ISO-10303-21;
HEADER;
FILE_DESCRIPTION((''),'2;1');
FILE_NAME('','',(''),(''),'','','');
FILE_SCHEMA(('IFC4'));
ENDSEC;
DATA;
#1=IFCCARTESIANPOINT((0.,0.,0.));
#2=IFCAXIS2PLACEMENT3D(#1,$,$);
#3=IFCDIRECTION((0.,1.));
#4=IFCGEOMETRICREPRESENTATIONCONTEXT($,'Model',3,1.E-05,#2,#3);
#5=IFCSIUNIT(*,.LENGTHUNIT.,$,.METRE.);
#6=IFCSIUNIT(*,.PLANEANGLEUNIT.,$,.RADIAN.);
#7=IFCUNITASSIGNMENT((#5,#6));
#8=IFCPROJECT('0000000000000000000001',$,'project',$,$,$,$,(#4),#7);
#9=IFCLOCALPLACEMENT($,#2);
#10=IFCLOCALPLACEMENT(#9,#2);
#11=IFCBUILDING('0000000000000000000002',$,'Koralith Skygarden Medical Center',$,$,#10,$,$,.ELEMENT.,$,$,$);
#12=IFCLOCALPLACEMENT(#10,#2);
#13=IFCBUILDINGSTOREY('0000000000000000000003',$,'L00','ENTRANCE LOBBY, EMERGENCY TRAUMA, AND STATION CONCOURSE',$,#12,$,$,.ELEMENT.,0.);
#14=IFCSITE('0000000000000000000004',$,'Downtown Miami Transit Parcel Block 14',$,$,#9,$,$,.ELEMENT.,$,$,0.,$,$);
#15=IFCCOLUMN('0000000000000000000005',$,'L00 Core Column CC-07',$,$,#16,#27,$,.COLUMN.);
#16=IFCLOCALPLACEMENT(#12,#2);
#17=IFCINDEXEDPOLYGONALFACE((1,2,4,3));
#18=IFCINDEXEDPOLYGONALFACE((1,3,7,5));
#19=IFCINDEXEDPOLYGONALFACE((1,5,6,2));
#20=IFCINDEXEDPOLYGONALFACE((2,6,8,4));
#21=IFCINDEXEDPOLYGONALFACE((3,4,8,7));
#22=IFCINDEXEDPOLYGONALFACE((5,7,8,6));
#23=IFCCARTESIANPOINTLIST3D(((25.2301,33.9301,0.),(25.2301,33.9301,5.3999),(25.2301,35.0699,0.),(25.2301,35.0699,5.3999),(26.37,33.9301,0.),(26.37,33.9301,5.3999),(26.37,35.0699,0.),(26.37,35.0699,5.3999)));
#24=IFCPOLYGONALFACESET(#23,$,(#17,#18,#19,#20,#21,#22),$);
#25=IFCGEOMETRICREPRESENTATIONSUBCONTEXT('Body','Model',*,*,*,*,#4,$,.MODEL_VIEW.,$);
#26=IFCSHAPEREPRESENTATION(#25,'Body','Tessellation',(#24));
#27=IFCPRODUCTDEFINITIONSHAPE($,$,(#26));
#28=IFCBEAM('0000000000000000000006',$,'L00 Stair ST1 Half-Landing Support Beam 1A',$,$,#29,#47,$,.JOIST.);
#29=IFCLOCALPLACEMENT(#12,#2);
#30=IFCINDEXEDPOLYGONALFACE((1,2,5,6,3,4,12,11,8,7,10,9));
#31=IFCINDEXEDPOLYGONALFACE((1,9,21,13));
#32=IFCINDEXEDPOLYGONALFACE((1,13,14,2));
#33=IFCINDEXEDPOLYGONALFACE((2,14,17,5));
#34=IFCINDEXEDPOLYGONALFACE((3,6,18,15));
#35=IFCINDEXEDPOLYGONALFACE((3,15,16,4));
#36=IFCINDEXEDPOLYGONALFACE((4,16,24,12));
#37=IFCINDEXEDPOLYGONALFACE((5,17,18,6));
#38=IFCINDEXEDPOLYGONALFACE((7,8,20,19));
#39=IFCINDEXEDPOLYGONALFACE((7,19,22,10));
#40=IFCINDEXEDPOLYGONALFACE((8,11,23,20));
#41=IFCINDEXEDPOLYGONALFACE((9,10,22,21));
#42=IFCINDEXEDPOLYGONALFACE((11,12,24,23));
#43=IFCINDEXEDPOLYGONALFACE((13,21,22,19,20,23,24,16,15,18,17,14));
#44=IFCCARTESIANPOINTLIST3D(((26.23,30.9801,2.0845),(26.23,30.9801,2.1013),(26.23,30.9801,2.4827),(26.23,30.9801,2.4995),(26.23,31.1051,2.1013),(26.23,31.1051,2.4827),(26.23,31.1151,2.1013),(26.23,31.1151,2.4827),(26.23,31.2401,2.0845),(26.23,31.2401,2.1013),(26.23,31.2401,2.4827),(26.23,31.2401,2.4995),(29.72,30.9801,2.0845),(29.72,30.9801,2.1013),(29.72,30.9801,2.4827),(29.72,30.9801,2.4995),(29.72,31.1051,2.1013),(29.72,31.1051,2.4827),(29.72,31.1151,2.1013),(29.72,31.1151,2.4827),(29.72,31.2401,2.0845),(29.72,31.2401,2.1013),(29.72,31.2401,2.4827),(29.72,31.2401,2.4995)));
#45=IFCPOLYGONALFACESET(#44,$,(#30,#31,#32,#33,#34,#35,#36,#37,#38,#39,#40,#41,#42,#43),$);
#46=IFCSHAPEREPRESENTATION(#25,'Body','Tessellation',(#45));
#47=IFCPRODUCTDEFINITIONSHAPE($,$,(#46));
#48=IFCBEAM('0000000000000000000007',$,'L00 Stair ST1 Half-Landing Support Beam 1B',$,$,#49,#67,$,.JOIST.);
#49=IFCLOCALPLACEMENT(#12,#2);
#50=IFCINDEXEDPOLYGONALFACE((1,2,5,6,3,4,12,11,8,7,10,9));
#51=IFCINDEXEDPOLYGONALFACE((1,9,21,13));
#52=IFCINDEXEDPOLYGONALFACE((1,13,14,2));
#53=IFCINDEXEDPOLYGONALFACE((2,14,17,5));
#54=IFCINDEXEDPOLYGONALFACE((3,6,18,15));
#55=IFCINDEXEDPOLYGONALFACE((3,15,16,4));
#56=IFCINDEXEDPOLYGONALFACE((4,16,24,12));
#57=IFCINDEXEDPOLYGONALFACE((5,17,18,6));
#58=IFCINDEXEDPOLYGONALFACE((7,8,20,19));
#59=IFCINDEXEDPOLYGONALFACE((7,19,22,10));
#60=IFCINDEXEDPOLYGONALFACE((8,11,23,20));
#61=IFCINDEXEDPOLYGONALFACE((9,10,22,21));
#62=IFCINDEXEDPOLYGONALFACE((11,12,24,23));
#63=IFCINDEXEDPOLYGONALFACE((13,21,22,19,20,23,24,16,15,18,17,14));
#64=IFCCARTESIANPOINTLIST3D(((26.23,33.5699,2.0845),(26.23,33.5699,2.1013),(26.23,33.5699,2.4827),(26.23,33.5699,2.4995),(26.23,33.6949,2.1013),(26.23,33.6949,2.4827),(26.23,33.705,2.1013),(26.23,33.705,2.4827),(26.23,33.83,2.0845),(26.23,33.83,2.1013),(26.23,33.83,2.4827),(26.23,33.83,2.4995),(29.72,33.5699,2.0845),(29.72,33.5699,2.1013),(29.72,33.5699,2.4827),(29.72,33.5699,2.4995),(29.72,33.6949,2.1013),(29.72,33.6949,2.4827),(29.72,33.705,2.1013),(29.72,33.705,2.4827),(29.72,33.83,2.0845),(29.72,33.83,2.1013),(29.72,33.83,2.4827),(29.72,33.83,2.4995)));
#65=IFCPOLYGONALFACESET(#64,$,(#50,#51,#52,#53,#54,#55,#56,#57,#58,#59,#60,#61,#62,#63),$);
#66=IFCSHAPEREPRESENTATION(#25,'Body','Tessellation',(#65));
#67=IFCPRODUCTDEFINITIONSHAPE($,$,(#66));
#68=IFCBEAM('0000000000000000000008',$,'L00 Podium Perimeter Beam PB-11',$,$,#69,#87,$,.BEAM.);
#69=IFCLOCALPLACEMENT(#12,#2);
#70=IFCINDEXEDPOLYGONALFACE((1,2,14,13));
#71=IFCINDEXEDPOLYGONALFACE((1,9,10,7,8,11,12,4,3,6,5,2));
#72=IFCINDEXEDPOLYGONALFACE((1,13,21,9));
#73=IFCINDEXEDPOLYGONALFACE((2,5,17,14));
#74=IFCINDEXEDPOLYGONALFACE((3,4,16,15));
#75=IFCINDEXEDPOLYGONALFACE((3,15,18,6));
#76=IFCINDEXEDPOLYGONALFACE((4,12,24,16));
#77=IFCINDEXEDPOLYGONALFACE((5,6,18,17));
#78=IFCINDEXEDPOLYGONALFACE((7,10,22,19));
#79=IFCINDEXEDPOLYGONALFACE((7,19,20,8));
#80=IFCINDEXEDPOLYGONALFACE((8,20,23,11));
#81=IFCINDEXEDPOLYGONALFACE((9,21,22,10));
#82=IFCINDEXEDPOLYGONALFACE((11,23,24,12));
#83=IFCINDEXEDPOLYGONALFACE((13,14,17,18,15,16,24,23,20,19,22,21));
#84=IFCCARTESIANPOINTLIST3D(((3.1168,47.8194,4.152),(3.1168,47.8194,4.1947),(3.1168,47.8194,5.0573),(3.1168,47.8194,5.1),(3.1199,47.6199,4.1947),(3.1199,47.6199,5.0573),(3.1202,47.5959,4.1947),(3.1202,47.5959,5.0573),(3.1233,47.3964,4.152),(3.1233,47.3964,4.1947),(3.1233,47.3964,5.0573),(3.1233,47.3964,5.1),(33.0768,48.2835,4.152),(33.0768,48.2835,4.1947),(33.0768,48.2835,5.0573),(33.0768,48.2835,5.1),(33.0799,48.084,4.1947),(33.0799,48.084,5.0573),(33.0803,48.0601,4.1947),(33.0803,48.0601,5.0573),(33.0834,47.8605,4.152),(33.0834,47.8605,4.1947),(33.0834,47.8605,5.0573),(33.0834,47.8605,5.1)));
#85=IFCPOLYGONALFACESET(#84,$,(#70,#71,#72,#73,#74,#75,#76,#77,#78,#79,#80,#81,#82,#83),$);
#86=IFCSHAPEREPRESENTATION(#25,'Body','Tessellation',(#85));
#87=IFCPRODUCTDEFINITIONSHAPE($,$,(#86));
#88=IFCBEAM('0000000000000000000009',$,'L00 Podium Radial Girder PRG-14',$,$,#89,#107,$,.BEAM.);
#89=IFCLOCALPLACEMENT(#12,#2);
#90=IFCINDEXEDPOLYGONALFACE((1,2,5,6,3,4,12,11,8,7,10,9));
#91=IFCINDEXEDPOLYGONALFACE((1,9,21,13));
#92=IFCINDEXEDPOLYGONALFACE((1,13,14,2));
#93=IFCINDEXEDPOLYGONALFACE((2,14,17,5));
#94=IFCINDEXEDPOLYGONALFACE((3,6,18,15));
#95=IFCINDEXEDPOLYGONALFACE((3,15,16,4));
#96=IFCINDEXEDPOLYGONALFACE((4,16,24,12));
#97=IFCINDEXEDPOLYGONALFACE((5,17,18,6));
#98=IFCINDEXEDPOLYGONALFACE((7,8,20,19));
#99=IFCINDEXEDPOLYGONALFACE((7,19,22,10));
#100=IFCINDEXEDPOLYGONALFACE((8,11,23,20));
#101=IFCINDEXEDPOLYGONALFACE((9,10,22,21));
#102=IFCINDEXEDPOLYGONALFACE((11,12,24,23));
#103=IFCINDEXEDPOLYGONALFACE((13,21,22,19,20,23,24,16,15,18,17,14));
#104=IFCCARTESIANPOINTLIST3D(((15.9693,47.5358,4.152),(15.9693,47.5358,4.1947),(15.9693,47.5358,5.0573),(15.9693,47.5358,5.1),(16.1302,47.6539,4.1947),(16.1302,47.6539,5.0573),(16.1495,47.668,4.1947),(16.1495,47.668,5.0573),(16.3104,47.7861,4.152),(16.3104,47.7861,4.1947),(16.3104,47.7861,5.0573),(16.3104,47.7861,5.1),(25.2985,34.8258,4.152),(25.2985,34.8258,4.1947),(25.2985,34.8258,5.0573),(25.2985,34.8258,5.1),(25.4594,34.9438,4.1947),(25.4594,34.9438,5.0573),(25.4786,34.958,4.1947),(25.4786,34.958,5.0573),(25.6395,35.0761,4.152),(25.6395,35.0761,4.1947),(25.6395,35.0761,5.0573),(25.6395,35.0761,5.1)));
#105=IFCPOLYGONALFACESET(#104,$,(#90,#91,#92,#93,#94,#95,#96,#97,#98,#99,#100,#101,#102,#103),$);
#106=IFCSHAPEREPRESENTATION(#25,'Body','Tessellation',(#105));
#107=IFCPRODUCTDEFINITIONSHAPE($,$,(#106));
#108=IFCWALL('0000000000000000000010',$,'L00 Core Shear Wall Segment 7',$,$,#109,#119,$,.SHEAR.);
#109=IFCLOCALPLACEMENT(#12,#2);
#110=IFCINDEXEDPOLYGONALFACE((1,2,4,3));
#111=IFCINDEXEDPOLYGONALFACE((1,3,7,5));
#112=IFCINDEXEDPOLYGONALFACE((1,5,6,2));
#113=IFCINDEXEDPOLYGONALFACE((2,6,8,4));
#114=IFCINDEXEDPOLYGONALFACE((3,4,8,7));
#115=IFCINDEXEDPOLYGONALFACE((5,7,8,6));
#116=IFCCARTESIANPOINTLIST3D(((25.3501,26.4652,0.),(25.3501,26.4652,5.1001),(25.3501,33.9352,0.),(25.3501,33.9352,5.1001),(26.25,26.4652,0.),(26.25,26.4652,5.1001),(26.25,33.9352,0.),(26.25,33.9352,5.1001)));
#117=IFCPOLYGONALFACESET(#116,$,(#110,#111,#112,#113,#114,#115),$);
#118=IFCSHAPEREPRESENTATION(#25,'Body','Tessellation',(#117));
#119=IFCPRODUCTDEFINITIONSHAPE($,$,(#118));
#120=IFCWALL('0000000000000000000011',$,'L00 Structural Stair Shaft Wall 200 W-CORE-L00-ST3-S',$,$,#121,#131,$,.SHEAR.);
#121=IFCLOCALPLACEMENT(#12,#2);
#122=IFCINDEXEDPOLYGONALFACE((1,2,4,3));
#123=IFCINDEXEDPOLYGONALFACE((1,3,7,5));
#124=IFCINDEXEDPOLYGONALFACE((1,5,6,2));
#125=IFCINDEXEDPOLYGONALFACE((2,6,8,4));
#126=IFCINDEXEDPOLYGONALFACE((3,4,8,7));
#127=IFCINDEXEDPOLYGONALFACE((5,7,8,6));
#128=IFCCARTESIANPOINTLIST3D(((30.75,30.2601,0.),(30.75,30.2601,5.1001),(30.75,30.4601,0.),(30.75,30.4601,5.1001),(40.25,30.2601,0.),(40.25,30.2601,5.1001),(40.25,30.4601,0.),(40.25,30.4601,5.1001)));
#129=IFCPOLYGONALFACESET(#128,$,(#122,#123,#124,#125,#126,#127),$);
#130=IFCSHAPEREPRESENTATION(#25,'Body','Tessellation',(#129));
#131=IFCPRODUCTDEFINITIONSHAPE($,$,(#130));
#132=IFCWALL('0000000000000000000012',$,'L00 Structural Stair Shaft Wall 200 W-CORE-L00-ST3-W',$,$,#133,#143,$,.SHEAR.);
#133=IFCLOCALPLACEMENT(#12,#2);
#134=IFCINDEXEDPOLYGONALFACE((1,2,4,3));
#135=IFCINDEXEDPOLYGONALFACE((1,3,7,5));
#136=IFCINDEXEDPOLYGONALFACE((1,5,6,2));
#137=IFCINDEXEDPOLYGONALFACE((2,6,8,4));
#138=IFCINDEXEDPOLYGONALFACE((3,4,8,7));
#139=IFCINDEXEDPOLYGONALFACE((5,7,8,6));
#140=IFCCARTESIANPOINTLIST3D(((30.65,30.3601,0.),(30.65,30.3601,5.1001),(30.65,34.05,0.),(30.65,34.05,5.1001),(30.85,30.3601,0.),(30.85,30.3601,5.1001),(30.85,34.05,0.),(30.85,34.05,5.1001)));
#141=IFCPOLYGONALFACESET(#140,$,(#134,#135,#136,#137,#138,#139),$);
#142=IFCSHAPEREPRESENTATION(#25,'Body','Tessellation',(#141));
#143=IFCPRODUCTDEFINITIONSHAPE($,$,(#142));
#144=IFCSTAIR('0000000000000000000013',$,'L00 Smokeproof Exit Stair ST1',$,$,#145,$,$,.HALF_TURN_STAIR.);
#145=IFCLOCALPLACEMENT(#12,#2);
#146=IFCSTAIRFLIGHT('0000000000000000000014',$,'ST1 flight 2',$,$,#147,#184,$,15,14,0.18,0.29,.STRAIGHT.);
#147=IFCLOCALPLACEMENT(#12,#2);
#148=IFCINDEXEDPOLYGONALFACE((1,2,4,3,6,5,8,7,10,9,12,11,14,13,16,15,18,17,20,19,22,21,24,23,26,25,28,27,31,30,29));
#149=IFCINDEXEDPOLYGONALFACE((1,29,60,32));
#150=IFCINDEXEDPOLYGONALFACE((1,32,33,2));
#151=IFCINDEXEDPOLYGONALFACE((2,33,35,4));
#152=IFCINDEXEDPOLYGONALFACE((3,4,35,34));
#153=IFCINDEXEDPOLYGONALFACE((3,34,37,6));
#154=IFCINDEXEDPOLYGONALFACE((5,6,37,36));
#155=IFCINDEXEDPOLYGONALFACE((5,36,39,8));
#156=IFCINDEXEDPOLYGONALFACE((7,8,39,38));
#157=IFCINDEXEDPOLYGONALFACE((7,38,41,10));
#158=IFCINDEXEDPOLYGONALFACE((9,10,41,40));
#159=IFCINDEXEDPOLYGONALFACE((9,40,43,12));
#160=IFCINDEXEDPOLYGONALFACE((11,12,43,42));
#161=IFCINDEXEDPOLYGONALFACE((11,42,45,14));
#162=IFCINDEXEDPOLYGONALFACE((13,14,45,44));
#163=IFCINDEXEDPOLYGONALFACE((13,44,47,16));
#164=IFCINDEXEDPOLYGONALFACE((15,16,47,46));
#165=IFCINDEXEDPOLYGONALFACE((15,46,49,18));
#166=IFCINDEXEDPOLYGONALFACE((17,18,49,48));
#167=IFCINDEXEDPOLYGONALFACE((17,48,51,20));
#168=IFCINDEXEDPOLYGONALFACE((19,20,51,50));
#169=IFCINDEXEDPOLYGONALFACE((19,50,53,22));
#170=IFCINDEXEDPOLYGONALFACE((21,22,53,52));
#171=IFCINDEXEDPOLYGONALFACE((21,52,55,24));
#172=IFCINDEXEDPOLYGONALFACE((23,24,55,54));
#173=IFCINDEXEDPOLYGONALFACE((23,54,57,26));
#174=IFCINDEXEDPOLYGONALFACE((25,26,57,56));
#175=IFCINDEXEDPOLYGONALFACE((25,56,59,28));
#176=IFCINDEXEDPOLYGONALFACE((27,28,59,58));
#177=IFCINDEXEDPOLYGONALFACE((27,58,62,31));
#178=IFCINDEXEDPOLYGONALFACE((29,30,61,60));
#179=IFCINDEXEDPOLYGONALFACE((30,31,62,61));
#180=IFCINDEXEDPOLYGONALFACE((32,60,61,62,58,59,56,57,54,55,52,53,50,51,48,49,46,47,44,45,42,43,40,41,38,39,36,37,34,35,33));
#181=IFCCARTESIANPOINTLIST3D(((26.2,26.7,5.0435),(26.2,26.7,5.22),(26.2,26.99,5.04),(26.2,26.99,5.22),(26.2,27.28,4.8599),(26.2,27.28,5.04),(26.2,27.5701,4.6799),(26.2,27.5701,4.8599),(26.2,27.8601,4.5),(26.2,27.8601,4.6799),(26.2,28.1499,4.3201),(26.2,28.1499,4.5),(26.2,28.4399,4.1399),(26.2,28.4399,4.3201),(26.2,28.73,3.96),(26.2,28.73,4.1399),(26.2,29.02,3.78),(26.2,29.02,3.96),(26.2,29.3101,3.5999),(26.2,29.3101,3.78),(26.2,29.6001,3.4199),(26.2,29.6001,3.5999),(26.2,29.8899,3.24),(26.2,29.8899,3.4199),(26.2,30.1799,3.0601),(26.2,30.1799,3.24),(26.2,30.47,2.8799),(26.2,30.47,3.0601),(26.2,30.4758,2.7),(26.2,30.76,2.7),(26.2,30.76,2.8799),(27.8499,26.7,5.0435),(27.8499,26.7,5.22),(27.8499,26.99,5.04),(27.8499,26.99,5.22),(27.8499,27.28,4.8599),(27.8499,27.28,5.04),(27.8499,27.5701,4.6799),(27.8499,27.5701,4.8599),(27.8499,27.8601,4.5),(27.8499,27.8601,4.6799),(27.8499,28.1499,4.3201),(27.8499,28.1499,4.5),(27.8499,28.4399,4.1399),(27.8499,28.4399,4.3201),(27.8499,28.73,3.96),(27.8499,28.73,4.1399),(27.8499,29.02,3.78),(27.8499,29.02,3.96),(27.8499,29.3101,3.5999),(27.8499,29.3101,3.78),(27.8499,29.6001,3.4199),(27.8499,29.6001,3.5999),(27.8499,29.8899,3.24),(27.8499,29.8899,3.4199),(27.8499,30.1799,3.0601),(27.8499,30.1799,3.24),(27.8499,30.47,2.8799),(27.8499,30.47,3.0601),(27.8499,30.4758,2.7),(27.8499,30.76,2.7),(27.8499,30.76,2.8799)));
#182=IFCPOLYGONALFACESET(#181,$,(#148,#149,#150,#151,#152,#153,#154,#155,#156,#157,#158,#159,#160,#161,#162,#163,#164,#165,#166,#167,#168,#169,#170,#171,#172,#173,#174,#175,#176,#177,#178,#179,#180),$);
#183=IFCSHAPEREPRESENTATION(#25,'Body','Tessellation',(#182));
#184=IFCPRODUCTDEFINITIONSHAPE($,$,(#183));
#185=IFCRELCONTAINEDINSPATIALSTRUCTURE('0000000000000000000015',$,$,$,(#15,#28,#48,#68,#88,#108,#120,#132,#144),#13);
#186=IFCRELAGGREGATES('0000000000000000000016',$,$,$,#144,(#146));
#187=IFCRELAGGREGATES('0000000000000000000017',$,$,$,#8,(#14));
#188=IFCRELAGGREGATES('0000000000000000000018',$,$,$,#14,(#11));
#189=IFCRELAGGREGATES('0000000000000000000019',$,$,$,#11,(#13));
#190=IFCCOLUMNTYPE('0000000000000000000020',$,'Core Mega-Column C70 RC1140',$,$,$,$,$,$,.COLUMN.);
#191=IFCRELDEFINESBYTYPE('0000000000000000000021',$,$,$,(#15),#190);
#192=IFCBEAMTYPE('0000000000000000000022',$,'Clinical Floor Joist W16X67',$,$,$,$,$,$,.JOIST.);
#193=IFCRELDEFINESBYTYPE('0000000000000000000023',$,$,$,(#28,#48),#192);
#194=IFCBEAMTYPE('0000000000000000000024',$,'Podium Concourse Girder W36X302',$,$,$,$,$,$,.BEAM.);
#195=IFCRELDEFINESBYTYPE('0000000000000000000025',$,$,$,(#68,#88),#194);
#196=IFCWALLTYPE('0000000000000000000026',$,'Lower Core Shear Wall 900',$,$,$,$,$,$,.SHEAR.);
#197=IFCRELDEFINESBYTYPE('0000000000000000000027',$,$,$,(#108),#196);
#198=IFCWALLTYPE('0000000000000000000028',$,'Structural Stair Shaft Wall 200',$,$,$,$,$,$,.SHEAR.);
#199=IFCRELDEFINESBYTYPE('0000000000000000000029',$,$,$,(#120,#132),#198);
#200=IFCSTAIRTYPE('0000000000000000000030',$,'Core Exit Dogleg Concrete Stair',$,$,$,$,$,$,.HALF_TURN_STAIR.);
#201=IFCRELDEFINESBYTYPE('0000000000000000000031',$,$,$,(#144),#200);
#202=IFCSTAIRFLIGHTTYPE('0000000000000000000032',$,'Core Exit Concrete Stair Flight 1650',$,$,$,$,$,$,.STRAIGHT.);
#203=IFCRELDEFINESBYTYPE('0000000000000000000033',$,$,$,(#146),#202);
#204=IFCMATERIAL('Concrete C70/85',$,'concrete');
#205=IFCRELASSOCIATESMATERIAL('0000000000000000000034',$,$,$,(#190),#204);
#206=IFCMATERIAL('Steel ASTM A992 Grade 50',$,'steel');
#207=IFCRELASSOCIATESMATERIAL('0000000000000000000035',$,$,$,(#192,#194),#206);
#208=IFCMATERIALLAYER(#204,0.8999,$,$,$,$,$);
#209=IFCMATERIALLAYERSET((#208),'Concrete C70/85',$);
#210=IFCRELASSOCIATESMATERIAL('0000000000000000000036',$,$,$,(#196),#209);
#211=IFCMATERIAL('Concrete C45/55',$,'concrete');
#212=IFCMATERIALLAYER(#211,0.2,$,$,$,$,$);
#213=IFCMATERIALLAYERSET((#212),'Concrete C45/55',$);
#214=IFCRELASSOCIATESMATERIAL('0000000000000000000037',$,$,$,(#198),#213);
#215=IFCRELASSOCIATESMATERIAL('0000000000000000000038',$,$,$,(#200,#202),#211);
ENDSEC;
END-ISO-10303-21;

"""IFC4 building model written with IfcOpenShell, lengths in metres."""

from ifc_helpers import new_model, si_unit, direction, frame, frame_2d, origin, origin_2d, place, context, subcontext, project, spatial, polyline, rectangle, i_section, outline, extrude, material, layer, layer_set, material_profile, profile_set, type_object, element, aggregate, save


model = new_model("IFC4")

# Units and contexts
model_context = context("Model", 3, precision=1e-05, world=origin(), true_north=direction((0.0, 1.0)))
body_context = subcontext(model_context, "Body", "Model", "MODEL_VIEW")
ifc_project = project(units=[si_unit("LENGTHUNIT", "METRE"), si_unit("PLANEANGLEUNIT", "RADIAN")], contexts=[model_context])

# Site, building, storey
site_placement = place(None, origin())
site = spatial("IfcSite", under=ifc_project, at=site_placement, Name="Downtown Miami Transit Parcel Block 14", CompositionType="ELEMENT", RefElevation=0.0)
building_placement = place(site_placement, origin())
building = spatial("IfcBuilding", under=site, at=building_placement, Name="Koralith Skygarden Medical Center", CompositionType="ELEMENT")
storey_placement = place(building_placement, origin())
storey = spatial("IfcBuildingStorey", under=building, at=storey_placement, Name="L00", Description="ENTRANCE LOBBY, EMERGENCY TRAUMA, AND STATION CONCOURSE", CompositionType="ELEMENT", Elevation=0.0)

# Column
ifc_material_1 = material(Name="Concrete C70/85", Category="concrete")
ifc_material_profile_1 = material_profile(ifc_material_1, rectangle(XDim=1.1399, YDim=1.1399, at=origin_2d()), Name="RC1140X1140")
ifc_profile_set_1 = profile_set([ifc_material_profile_1], Name="Concrete C70/85")
column_type = type_object("IfcColumnType", Name="Core Mega-Column C70 RC1140", PredefinedType="COLUMN", material=ifc_profile_set_1)
column_placement = place(storey_placement, frame((25.8, 34.5, 0.0), z_axis=(0.0, 0.0, 1.0), x_axis=(1.0, 0.0, 0.0)))
element("IfcColumn", 1, at=column_placement, inside=storey, type_object=column_type, Name="L00 Core Column CC-07", PredefinedType="COLUMN", context=body_context, shape_type="SweptSolid", body=[
    extrude(rectangle(XDim=1.1399, YDim=1.1399, at=origin_2d()), origin(), (0.0, 0.0, 1.0), 5.3999),
])

# Beams
ifc_material_2 = material(Name="Steel ASTM A992 Grade 50", Category="steel")
ifc_material_profile_2 = material_profile(ifc_material_2, i_section(OverallWidth=0.26, OverallDepth=0.415, WebThickness=0.01, FlangeThickness=0.0168, at=origin_2d()), Name="W16X67")
ifc_profile_set_2 = profile_set([ifc_material_profile_2], Name="Steel ASTM A992 Grade 50")
beam_type_1 = type_object("IfcBeamType", Name="Clinical Floor Joist W16X67", PredefinedType="JOIST", material=ifc_profile_set_2)
for number, where, z_axis, x_axis, name in (
    (2, (26.23, 31.1101, 2.292), (1.0, 0.0, 0.0), (0.0, 1.0, 0.0), "L00 Stair ST1 Half-Landing Support Beam 1A"),
    (3, (26.23, 33.7, 2.292), (1.0, 0.0, 0.0), (0.0, 1.0, 0.0), "L00 Stair ST1 Half-Landing Support Beam 1B"),
):
    element("IfcBeam", number, at=place(storey_placement, frame(where, z_axis=z_axis, x_axis=x_axis)), inside=storey, type_object=beam_type_1, Name=name, PredefinedType="JOIST", context=body_context, shape_type="SweptSolid", body=[
        extrude(i_section(OverallWidth=0.26, OverallDepth=0.415, WebThickness=0.01, FlangeThickness=0.0168, at=origin_2d()), origin(), (0.0, 0.0, 1.0), 3.49),
    ])
ifc_material_profile_3 = material_profile(ifc_material_2, i_section(OverallWidth=0.4231, OverallDepth=0.948, WebThickness=0.0239, FlangeThickness=0.0427, at=origin_2d()), Name="W36X302")
ifc_profile_set_3 = profile_set([ifc_material_profile_3], Name="Steel ASTM A992 Grade 50")
beam_type_2 = type_object("IfcBeamType", Name="Podium Concourse Girder W36X302", PredefinedType="BEAM", material=ifc_profile_set_3)
beam_1_placement = place(storey_placement, frame((33.0801, 48.072, 4.626), z_axis=(-0.99988, -0.015489, 0.0), x_axis=(0.015489, -0.99988, 0.0)))
element("IfcBeam", 4, at=beam_1_placement, inside=storey, type_object=beam_type_2, Name="L00 Podium Perimeter Beam PB-11", PredefinedType="BEAM", context=body_context, shape_type="SweptSolid", body=[
    extrude(i_section(OverallWidth=0.4231, OverallDepth=0.948, WebThickness=0.0239, FlangeThickness=0.0427, at=origin_2d()), origin(), (0.0, 0.0, 1.0), 29.9636),
])
beam_2_placement = place(storey_placement, frame((25.469, 34.9509, 4.626), z_axis=(-0.591713, 0.806149, 0.0), x_axis=(-0.806149, -0.591713, 0.0)))
element("IfcBeam", 5, at=beam_2_placement, inside=storey, type_object=beam_type_2, Name="L00 Podium Radial Girder PRG-14", PredefinedType="BEAM", context=body_context, shape_type="SweptSolid", body=[
    extrude(i_section(OverallWidth=0.4231, OverallDepth=0.948, WebThickness=0.0239, FlangeThickness=0.0427, at=origin_2d()), origin(), (0.0, 0.0, 1.0), 15.7664),
])

# Walls
ifc_layer_1 = layer(ifc_material_1, 0.8999)
ifc_layer_set_1 = layer_set([ifc_layer_1], Name="Concrete C70/85")
wall_type_1 = type_object("IfcWallType", Name="Lower Core Shear Wall 900", PredefinedType="SHEAR", material=ifc_layer_set_1)
wall_1_placement = place(storey_placement, frame((25.8, 33.9351, 0.0), z_axis=(0.0, 0.0, 1.0), x_axis=(0.0, -1.0, 0.0)))
element("IfcWall", 6, at=wall_1_placement, inside=storey, type_object=wall_type_1, Name="L00 Core Shear Wall Segment 7", PredefinedType="SHEAR", context=body_context, shape_type="SweptSolid", body=[
    extrude(rectangle(XDim=7.47, YDim=0.8999, at=frame_2d((3.7349, 0.0))), origin(), (0.0, 0.0, 1.0), 5.1001),
])
ifc_material_3 = material(Name="Concrete C45/55", Category="concrete")
ifc_layer_2 = layer(ifc_material_3, 0.2)
ifc_layer_set_2 = layer_set([ifc_layer_2], Name="Concrete C45/55")
wall_type_2 = type_object("IfcWallType", Name="Structural Stair Shaft Wall 200", PredefinedType="SHEAR", material=ifc_layer_set_2)
wall_2_placement = place(storey_placement, frame((30.75, 30.3601, 0.0), z_axis=(0.0, 0.0, 1.0), x_axis=(1.0, 0.0, 0.0)))
element("IfcWall", 7, at=wall_2_placement, inside=storey, type_object=wall_type_2, Name="L00 Structural Stair Shaft Wall 200 W-CORE-L00-ST3-S", PredefinedType="SHEAR", context=body_context, shape_type="SweptSolid", body=[
    extrude(rectangle(XDim=9.5, YDim=0.2, at=frame_2d((4.75, 0.0))), origin(), (0.0, 0.0, 1.0), 5.1001),
])
wall_3_placement = place(storey_placement, frame((30.75, 30.3601, 0.0), z_axis=(0.0, 0.0, 1.0), x_axis=(0.0, 1.0, 0.0)))
element("IfcWall", 8, at=wall_3_placement, inside=storey, type_object=wall_type_2, Name="L00 Structural Stair Shaft Wall 200 W-CORE-L00-ST3-W", PredefinedType="SHEAR", context=body_context, shape_type="SweptSolid", body=[
    extrude(rectangle(XDim=3.6899, YDim=0.2, at=frame_2d((1.845, 0.0))), origin(), (0.0, 0.0, 1.0), 5.1001),
])

# Stair, stair flight
stair_type = type_object("IfcStairType", Name="Core Exit Dogleg Concrete Stair", PredefinedType="HALF_TURN_STAIR", material=ifc_material_3)
stair_1_placement = place(storey_placement, origin())
stair_1 = element("IfcStair", 9, at=stair_1_placement, inside=storey, type_object=stair_type, Name="L00 Smokeproof Exit Stair ST1", PredefinedType="HALF_TURN_STAIR")
stair_flight_type = type_object("IfcStairFlightType", Name="Core Exit Concrete Stair Flight 1650", PredefinedType="STRAIGHT", material=ifc_material_3)
stair_flight_1_placement = place(storey_placement, frame((27.0249, 30.76, 2.7), z_axis=(0.0, 0.0, 1.0), x_axis=(0.0, -1.0, 0.0)))
stair_flight_1 = element("IfcStairFlight", 10, at=stair_flight_1_placement, type_object=stair_flight_type, Name="ST1 flight 2", NumberOfRisers=15, NumberOfTreads=14, PredefinedType="STRAIGHT", RiserHeight=0.18, TreadLength=0.29, context=body_context, shape_type="SweptSolid", body=[
    extrude(outline(polyline([(0.0, 0.0), (0.0, 0.1799), (0.29, 0.1799), (0.29, 0.3601), (0.5801, 0.3601), (0.5801, 0.54), (0.8701, 0.54), (0.8701, 0.72), (1.1599, 0.72), (1.1599, 0.8999), (1.45, 0.8999), (1.45, 1.0801), (1.74, 1.0801), (1.74, 1.26), (2.03, 1.26), (2.03, 1.4399), (2.3201, 1.4399), (2.3201, 1.6201), (2.6101, 1.6201), (2.6101, 1.8), (2.8999, 1.8), (2.8999, 1.98), (3.1899, 1.98), (3.1899, 2.1599), (3.48, 2.1599), (3.48, 2.3401), (3.77, 2.3401), (3.77, 2.52), (4.0601, 2.52), (4.0601, 2.7), (4.0601, 2.3435), (0.2842, 0.0), (0.0, 0.0)])), frame((0.0, 0.825, 0.0), z_axis=(0.0, -1.0, 0.0), x_axis=(1.0, 0.0, 0.0)), (0.0, 0.0, 1.0), 1.6499),
])
aggregate(stair_1, [stair_flight_1])

save(model, "model.ifc")
